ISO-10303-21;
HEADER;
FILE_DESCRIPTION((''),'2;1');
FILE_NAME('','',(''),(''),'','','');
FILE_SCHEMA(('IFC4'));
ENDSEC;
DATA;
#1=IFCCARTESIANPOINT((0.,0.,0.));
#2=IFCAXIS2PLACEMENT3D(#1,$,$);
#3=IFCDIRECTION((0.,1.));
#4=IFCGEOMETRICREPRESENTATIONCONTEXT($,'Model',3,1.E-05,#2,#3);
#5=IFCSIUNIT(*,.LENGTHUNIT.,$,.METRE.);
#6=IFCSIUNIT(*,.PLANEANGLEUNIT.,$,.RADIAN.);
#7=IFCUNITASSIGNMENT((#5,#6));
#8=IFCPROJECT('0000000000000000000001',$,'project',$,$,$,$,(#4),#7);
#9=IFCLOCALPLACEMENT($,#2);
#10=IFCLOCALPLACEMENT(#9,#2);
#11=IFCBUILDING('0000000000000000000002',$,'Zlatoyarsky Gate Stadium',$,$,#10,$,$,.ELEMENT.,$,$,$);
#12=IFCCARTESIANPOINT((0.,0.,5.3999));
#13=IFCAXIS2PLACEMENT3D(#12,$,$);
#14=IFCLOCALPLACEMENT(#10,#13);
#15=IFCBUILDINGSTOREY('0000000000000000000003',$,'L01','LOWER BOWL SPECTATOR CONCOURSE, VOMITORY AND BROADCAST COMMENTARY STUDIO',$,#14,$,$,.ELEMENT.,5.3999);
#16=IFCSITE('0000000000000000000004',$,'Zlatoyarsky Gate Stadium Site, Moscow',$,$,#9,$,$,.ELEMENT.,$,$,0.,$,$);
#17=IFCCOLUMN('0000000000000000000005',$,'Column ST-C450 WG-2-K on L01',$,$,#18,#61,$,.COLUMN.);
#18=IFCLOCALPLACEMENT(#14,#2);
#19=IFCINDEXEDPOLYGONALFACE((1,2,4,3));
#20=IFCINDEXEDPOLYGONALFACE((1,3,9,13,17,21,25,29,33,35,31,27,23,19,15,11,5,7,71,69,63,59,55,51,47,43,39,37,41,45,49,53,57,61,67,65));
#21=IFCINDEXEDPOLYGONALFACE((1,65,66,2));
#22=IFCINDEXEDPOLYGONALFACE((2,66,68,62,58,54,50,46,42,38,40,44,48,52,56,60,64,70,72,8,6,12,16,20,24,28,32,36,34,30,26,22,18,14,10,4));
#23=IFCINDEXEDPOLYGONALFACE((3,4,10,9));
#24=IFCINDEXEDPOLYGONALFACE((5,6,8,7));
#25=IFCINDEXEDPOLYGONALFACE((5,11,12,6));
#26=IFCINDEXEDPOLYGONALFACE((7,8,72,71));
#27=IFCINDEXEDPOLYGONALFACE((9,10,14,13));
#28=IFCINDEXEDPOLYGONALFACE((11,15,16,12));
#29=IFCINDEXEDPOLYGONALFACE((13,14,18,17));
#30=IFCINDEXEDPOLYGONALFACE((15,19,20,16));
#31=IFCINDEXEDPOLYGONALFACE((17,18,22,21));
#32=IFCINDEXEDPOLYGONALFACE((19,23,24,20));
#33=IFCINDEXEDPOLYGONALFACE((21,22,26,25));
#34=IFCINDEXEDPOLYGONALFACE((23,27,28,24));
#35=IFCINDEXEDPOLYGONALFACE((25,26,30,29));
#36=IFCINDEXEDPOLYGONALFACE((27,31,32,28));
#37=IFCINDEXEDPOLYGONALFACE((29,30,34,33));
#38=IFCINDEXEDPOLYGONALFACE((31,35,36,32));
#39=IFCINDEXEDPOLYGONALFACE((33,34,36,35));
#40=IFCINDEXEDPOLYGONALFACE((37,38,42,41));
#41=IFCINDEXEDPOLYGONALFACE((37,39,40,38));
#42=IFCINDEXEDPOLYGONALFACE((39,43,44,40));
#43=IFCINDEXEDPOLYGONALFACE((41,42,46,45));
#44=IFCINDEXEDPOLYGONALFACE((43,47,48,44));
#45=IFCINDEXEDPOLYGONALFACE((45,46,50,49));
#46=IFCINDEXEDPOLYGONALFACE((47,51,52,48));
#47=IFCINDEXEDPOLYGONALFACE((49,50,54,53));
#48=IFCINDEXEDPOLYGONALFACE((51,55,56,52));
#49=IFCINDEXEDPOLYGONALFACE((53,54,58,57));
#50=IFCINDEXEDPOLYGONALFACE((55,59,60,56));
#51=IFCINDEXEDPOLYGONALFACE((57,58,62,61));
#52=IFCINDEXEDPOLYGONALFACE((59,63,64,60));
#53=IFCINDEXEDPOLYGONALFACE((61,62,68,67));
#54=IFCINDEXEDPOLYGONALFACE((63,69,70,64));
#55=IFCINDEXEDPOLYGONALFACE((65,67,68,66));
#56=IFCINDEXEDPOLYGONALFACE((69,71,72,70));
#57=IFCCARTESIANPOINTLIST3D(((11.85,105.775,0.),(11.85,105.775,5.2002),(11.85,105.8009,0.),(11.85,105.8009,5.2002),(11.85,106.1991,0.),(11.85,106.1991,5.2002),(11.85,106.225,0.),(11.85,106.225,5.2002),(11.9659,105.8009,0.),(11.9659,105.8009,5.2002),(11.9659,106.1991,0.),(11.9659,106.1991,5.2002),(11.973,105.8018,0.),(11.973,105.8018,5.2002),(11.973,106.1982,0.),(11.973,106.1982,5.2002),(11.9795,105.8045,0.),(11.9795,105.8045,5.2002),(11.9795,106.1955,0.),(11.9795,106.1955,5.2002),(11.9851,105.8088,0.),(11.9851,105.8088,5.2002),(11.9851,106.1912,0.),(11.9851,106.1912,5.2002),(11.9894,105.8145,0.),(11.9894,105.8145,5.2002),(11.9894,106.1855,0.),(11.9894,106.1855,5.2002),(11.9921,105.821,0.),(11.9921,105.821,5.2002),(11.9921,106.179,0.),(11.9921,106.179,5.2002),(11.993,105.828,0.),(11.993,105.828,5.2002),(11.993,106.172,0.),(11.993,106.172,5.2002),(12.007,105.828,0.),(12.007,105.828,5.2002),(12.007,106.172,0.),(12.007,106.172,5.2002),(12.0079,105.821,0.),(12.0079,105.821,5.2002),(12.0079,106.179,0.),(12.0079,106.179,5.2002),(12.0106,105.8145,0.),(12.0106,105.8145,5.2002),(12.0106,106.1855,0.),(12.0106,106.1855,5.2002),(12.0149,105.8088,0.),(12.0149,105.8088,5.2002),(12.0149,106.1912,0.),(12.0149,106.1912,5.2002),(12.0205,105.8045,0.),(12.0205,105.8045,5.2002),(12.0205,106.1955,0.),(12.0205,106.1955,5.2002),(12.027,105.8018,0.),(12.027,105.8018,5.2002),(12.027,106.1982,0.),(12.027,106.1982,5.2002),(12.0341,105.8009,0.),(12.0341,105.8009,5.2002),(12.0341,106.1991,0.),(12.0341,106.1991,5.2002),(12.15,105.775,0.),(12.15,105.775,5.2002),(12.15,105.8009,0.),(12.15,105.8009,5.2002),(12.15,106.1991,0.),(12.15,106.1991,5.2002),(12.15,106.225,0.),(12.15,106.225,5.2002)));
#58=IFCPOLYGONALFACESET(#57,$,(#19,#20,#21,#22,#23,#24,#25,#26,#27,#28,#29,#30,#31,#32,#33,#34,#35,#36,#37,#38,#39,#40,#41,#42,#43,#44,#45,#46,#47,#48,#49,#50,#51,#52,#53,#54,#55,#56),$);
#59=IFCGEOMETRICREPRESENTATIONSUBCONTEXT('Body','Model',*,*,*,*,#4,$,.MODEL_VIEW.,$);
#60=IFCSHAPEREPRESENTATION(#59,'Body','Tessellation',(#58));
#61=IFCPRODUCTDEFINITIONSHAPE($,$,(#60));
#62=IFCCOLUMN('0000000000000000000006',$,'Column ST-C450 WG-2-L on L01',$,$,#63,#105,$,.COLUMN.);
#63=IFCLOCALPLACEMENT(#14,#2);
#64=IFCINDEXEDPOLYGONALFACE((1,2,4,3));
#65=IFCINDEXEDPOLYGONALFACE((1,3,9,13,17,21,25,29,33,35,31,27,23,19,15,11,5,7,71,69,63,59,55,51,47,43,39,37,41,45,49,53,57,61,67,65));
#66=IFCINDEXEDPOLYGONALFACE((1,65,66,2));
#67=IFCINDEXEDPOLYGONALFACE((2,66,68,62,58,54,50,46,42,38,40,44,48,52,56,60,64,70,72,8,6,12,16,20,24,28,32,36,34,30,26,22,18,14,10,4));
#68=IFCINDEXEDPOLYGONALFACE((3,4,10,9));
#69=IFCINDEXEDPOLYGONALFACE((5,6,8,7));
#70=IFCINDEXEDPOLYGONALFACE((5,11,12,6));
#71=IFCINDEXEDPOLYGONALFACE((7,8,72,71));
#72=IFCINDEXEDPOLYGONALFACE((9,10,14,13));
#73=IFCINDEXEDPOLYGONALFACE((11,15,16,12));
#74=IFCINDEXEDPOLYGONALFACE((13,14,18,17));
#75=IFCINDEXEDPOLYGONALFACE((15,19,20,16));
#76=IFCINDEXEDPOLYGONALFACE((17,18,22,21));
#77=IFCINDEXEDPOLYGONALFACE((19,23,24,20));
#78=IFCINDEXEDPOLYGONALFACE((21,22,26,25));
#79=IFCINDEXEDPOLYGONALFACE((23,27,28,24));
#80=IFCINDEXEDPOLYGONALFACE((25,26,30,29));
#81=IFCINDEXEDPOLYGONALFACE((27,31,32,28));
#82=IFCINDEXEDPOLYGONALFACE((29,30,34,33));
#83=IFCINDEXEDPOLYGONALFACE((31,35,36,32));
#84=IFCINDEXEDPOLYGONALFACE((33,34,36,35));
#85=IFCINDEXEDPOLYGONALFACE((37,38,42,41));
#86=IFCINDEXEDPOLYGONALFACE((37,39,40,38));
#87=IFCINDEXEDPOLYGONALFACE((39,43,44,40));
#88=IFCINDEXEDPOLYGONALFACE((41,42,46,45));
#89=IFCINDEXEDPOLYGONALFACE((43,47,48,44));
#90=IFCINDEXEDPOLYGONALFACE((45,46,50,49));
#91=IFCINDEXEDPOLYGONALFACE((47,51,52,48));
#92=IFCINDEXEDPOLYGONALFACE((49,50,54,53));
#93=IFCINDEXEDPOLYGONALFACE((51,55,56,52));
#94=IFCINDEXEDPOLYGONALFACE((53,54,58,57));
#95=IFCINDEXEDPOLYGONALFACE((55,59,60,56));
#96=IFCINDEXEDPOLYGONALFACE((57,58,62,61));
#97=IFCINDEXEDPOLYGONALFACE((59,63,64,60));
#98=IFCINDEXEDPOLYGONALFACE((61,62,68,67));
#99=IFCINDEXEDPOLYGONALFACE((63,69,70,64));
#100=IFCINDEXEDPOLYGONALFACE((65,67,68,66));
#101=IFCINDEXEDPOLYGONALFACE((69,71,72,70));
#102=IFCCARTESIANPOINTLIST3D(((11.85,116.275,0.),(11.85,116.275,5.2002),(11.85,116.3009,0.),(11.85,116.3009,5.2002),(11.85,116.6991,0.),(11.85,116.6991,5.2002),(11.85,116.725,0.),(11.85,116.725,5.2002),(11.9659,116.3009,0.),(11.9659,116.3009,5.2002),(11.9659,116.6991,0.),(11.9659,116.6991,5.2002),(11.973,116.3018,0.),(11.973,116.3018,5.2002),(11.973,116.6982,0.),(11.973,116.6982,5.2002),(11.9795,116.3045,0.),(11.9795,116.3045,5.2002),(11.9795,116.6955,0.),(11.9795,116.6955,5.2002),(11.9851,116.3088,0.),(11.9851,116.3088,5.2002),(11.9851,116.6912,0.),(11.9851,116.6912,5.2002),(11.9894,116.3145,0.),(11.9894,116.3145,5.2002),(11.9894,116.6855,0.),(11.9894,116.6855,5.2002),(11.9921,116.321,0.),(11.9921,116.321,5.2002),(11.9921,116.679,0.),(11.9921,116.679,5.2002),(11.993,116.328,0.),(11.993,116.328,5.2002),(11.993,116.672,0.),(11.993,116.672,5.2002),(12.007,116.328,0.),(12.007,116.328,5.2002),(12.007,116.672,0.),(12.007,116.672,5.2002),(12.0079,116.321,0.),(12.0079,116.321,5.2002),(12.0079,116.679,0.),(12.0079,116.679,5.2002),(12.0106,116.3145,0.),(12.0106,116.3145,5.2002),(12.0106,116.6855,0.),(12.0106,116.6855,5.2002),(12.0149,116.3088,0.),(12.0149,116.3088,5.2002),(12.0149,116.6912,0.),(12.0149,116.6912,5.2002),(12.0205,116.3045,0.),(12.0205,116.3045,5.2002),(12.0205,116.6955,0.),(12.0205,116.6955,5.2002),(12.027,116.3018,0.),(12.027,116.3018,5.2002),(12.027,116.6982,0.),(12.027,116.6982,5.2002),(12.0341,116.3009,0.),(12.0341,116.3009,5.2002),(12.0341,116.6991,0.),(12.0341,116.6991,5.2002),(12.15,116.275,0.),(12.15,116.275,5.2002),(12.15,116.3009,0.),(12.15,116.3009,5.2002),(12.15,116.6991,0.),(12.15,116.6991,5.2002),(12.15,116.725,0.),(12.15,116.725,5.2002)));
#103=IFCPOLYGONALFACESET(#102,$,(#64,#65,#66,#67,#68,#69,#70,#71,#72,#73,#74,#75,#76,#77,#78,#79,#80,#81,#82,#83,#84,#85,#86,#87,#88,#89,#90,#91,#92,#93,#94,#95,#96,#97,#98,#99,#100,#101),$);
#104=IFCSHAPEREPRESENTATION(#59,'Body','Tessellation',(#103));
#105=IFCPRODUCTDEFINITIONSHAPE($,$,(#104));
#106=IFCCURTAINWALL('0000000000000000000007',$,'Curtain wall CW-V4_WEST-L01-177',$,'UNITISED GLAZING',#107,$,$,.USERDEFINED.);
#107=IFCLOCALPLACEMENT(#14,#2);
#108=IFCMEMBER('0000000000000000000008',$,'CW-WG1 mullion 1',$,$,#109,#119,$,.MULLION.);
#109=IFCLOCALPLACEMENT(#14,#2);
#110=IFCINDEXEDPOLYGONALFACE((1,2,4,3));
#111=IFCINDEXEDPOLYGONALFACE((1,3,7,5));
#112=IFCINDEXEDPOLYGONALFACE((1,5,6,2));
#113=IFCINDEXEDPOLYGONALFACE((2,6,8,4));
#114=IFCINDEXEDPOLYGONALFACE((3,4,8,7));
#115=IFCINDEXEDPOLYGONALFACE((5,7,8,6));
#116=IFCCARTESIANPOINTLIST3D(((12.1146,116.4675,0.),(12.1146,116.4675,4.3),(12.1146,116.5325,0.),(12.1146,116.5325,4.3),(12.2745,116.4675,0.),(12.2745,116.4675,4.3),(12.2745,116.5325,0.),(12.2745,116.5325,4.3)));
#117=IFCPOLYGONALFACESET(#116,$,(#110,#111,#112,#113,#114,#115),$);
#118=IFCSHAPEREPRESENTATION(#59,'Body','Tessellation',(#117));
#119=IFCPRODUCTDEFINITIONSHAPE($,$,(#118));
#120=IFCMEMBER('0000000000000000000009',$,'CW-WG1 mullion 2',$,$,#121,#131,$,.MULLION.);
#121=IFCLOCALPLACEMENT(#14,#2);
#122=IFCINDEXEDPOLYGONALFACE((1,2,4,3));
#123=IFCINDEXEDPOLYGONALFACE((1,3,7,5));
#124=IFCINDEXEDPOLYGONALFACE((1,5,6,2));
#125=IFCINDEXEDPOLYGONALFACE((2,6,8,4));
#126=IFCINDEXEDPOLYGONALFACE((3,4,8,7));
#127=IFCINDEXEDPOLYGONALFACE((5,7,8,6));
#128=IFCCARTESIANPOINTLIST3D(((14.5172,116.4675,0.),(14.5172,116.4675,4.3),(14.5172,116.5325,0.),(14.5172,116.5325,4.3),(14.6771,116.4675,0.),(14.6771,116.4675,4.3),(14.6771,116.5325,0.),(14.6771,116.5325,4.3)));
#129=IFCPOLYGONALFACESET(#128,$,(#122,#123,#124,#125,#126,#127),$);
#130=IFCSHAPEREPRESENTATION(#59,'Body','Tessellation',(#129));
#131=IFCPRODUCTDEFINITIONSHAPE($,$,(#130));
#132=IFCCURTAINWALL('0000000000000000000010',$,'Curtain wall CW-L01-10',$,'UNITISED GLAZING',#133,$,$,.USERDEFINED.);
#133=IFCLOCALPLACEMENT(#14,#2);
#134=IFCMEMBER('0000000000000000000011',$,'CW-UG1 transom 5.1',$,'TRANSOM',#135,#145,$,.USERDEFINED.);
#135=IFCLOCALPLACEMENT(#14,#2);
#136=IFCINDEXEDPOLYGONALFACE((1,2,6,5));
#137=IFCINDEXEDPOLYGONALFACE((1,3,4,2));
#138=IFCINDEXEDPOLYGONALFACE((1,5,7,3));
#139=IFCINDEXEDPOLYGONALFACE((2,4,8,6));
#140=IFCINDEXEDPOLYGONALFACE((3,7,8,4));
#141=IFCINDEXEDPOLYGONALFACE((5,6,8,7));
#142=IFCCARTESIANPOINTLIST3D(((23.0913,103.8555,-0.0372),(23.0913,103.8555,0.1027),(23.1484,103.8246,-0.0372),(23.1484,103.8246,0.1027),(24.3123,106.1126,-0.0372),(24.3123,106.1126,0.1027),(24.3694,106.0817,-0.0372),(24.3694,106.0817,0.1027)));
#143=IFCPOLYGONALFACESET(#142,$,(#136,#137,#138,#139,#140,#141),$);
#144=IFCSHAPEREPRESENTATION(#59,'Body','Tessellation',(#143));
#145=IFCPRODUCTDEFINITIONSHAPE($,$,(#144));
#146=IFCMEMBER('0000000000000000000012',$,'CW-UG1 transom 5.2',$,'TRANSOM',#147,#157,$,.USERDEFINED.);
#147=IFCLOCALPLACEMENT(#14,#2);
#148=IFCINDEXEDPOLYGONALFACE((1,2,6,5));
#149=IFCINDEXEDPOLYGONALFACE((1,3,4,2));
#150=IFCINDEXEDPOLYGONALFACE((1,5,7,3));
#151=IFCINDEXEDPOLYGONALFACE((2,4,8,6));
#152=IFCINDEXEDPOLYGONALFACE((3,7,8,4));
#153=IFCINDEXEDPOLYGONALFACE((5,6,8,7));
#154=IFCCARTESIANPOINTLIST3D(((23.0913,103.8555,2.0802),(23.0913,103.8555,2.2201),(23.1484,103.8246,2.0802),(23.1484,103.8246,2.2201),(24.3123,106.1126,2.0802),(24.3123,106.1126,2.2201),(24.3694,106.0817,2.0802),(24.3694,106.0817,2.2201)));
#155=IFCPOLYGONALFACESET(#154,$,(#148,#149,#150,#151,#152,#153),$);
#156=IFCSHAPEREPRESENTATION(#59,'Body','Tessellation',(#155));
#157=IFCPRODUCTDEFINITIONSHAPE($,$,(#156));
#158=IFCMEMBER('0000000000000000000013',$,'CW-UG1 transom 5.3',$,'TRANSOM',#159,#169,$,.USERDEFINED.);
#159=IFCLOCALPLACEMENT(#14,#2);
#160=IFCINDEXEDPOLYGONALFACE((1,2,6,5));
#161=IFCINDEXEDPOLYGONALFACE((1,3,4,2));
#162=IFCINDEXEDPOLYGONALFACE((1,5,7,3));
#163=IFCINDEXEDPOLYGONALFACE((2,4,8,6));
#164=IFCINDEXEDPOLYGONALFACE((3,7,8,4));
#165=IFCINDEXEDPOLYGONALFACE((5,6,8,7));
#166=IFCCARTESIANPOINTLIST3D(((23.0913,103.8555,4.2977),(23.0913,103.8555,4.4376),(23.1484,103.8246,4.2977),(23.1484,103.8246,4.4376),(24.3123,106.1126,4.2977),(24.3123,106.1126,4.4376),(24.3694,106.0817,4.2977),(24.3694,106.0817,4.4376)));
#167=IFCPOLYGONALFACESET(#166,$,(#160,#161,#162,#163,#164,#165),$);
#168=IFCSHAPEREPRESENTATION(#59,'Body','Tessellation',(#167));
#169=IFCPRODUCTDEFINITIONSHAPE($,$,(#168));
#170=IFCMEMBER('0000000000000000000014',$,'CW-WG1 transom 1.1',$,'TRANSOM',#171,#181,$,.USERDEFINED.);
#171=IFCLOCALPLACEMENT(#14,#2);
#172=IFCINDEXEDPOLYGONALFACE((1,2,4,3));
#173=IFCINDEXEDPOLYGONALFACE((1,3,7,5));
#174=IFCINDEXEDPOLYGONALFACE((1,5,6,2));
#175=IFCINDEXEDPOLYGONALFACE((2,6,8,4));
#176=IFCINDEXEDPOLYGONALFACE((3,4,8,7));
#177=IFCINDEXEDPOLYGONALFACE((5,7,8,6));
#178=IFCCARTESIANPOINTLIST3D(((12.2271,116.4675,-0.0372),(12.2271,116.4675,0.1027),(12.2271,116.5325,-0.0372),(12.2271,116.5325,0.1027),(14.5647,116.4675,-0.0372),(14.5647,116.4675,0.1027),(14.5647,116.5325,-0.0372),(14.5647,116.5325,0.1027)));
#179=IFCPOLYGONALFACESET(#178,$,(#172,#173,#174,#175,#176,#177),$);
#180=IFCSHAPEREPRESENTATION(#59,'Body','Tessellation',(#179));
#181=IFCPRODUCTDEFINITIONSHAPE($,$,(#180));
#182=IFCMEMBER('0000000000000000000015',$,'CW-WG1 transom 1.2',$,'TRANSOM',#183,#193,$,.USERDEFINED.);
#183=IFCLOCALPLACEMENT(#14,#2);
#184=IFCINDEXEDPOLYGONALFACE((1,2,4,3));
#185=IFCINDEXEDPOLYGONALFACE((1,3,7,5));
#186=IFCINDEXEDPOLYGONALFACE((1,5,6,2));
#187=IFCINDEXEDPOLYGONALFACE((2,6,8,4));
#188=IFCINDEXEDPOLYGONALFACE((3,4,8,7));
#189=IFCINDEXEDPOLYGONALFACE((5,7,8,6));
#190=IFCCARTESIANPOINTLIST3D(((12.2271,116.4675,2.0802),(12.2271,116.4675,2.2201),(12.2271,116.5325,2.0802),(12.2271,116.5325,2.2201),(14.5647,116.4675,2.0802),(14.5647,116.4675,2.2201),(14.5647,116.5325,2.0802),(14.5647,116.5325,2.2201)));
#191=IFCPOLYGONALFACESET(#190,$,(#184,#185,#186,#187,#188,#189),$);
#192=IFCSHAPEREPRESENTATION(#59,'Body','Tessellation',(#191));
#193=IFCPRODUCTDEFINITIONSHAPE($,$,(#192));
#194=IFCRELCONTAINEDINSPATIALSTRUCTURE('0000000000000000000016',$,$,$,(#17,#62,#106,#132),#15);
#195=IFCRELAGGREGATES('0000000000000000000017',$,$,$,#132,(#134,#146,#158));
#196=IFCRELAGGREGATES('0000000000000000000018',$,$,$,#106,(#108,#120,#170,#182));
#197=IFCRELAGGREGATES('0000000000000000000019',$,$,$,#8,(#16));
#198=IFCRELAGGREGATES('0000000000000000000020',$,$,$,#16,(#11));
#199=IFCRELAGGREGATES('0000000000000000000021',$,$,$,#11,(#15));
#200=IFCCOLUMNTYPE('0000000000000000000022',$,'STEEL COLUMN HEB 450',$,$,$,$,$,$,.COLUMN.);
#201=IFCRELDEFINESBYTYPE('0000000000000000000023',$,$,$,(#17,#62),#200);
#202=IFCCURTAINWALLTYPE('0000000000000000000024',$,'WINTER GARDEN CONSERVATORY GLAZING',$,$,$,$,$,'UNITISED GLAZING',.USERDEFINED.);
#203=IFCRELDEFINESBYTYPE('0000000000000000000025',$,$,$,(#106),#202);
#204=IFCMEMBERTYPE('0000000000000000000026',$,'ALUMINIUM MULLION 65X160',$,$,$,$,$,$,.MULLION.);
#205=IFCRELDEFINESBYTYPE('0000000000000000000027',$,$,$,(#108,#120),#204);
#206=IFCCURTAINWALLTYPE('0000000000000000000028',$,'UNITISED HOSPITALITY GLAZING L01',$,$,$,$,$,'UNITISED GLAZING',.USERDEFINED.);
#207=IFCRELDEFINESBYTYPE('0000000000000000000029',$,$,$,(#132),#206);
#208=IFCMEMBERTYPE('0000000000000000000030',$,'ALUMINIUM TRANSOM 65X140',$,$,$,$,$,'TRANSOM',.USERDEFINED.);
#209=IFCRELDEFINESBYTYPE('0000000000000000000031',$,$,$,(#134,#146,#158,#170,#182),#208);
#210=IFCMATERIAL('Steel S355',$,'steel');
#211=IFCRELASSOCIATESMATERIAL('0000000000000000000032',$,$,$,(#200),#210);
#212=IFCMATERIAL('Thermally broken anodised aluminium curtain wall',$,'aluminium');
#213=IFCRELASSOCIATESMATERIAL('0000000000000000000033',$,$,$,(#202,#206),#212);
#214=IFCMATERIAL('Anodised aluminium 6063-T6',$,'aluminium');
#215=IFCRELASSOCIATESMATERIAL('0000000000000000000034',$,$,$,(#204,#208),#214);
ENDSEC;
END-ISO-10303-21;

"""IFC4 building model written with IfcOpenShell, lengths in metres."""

from ifc_helpers import new_model, si_unit, direction, frame, origin, origin_2d, place, context, subcontext, project, spatial, rectangle, i_section, extrude, material, material_profile, profile_set, type_object, element, aggregate, save


model = new_model("IFC4")

# Units and contexts
model_context = context("Model", 3, precision=1e-05, world=origin(), true_north=direction((0.0, 1.0)))
body_context = subcontext(model_context, "Body", "Model", "MODEL_VIEW")
ifc_project = project(units=[si_unit("LENGTHUNIT", "METRE"), si_unit("PLANEANGLEUNIT", "RADIAN")], contexts=[model_context])

# Site, building, storey
site_placement = place(None, origin())
site = spatial("IfcSite", under=ifc_project, at=site_placement, Name="Zlatoyarsky Gate Stadium Site, Moscow", CompositionType="ELEMENT", RefElevation=0.0)
building_placement = place(site_placement, origin())
building = spatial("IfcBuilding", under=site, at=building_placement, Name="Zlatoyarsky Gate Stadium", CompositionType="ELEMENT")
storey_placement = place(building_placement, frame((0.0, 0.0, 5.3999)))
storey = spatial("IfcBuildingStorey", under=building, at=storey_placement, Name="L01", Description="LOWER BOWL SPECTATOR CONCOURSE, VOMITORY AND BROADCAST COMMENTARY STUDIO", CompositionType="ELEMENT", Elevation=5.3999)

# Columns
ifc_material_1 = material(Name="Steel S355", Category="steel")
ifc_material_profile_1 = material_profile(ifc_material_1, i_section(OverallWidth=0.3, OverallDepth=0.45, WebThickness=0.0139, FlangeThickness=0.0259, FilletRadius=0.0271, at=origin_2d()), Name="HEB 450")
ifc_profile_set_1 = profile_set([ifc_material_profile_1], Name="Steel S355")
column_type = type_object("IfcColumnType", Name="STEEL COLUMN HEB 450", PredefinedType="COLUMN", material=ifc_profile_set_1)
for number, where, z_axis, x_axis, name in (
    (1, (12.0, 106.0, 0.0), (0.0, 0.0, 1.0), (1.0, 0.0, 0.0), "Column ST-C450 WG-2-K on L01"),
    (2, (12.0, 116.5, 0.0), (0.0, 0.0, 1.0), (1.0, 0.0, 0.0), "Column ST-C450 WG-2-L on L01"),
):
    element("IfcColumn", number, at=place(storey_placement, frame(where, z_axis=z_axis, x_axis=x_axis)), inside=storey, type_object=column_type, Name=name, PredefinedType="COLUMN", context=body_context, shape_type="SweptSolid", body=[
        extrude(i_section(OverallWidth=0.3, OverallDepth=0.45, WebThickness=0.0139, FlangeThickness=0.0259, FilletRadius=0.0271, at=origin_2d()), origin(), (0.0, 0.0, 1.0), 5.2002),
    ])

# Curtain walls, members
ifc_material_2 = material(Name="Thermally broken anodised aluminium curtain wall", Category="aluminium")
curtain_wall_type_1 = type_object("IfcCurtainWallType", Name="WINTER GARDEN CONSERVATORY GLAZING", ElementType="UNITISED GLAZING", PredefinedType="USERDEFINED", material=ifc_material_2)
curtain_wall_1_placement = place(storey_placement, origin())
curtain_wall_1 = element("IfcCurtainWall", 3, at=curtain_wall_1_placement, inside=storey, type_object=curtain_wall_type_1, Name="Curtain wall CW-V4_WEST-L01-177", ObjectType="UNITISED GLAZING", PredefinedType="USERDEFINED")
ifc_material_3 = material(Name="Anodised aluminium 6063-T6", Category="aluminium")
ifc_material_profile_2 = material_profile(ifc_material_3, rectangle(XDim=0.0649, YDim=0.1599, at=origin_2d()), Name="ALU 65X160")
ifc_profile_set_2 = profile_set([ifc_material_profile_2], Name="Anodised aluminium 6063-T6")
member_type_1 = type_object("IfcMemberType", Name="ALUMINIUM MULLION 65X160", PredefinedType="MULLION", material=ifc_profile_set_2)
member_1_placement = place(storey_placement, frame((12.1946, 116.5, 0.0), z_axis=(0.0, 0.0, 1.0), x_axis=(0.0, 1.0, 0.0)))
member_1 = element("IfcMember", 4, at=member_1_placement, type_object=member_type_1, Name="CW-WG1 mullion 1", PredefinedType="MULLION", context=body_context, shape_type="SweptSolid", body=[
    extrude(rectangle(XDim=0.0649, YDim=0.1599, at=origin_2d()), origin(), (0.0, 0.0, 1.0), 4.3),
])
member_2_placement = place(storey_placement, frame((14.5972, 116.5, 0.0), z_axis=(0.0, 0.0, 1.0), x_axis=(0.0, 1.0, 0.0)))
member_2 = element("IfcMember", 5, at=member_2_placement, type_object=member_type_1, Name="CW-WG1 mullion 2", PredefinedType="MULLION", context=body_context, shape_type="SweptSolid", body=[
    extrude(rectangle(XDim=0.0649, YDim=0.1599, at=origin_2d()), origin(), (0.0, 0.0, 1.0), 4.3),
])
curtain_wall_type_2 = type_object("IfcCurtainWallType", Name="UNITISED HOSPITALITY GLAZING L01", ElementType="UNITISED GLAZING", PredefinedType="USERDEFINED", material=ifc_material_2)
curtain_wall_2_placement = place(storey_placement, origin())
curtain_wall_2 = element("IfcCurtainWall", 6, at=curtain_wall_2_placement, inside=storey, type_object=curtain_wall_type_2, Name="Curtain wall CW-L01-10", ObjectType="UNITISED GLAZING", PredefinedType="USERDEFINED")
ifc_material_profile_3 = material_profile(ifc_material_3, rectangle(XDim=0.0649, YDim=0.1399, at=origin_2d()), Name="ALU 65X140")
ifc_profile_set_3 = profile_set([ifc_material_profile_3], Name="Anodised aluminium 6063-T6")
member_type_2 = type_object("IfcMemberType", Name="ALUMINIUM TRANSOM 65X140", ElementType="TRANSOM", PredefinedType="USERDEFINED", material=ifc_profile_set_3)
member_3_placement = place(storey_placement, frame((24.3408, 106.0972, 0.0327), z_axis=(-0.47579, -0.879559, 0.0), x_axis=(0.879559, -0.47579, 0.0)))
member_3 = element("IfcMember", 7, at=member_3_placement, type_object=member_type_2, Name="CW-UG1 transom 5.1", ObjectType="TRANSOM", PredefinedType="USERDEFINED", context=body_context, shape_type="SweptSolid", body=[
    extrude(rectangle(XDim=0.0649, YDim=0.1399, at=origin_2d()), origin(), (0.0, 0.0, 1.0), 2.5662),
])
member_4_placement = place(storey_placement, frame((24.3408, 106.0972, 2.1501), z_axis=(-0.47579, -0.879559, 0.0), x_axis=(0.879559, -0.47579, 0.0)))
member_4 = element("IfcMember", 8, at=member_4_placement, type_object=member_type_2, Name="CW-UG1 transom 5.2", ObjectType="TRANSOM", PredefinedType="USERDEFINED", context=body_context, shape_type="SweptSolid", body=[
    extrude(rectangle(XDim=0.0649, YDim=0.1399, at=origin_2d()), origin(), (0.0, 0.0, 1.0), 2.5662),
])
member_5_placement = place(storey_placement, frame((24.3408, 106.0972, 4.3677), z_axis=(-0.47579, -0.879559, 0.0), x_axis=(0.879559, -0.47579, 0.0)))
member_5 = element("IfcMember", 9, at=member_5_placement, type_object=member_type_2, Name="CW-UG1 transom 5.3", ObjectType="TRANSOM", PredefinedType="USERDEFINED", context=body_context, shape_type="SweptSolid", body=[
    extrude(rectangle(XDim=0.0649, YDim=0.1399, at=origin_2d()), origin(), (0.0, 0.0, 1.0), 2.5662),
])
aggregate(curtain_wall_2, [member_3, member_4, member_5])

# Members
member_6_placement = place(storey_placement, frame((12.2271, 116.5, 0.0327), z_axis=(1.0, 0.0, 0.0), x_axis=(0.0, 1.0, 0.0)))
member_6 = element("IfcMember", 10, at=member_6_placement, type_object=member_type_2, Name="CW-WG1 transom 1.1", ObjectType="TRANSOM", PredefinedType="USERDEFINED", context=body_context, shape_type="SweptSolid", body=[
    extrude(rectangle(XDim=0.0649, YDim=0.1399, at=origin_2d()), origin(), (0.0, 0.0, 1.0), 2.3376),
])
member_7_placement = place(storey_placement, frame((12.2271, 116.5, 2.1501), z_axis=(1.0, 0.0, 0.0), x_axis=(0.0, 1.0, 0.0)))
member_7 = element("IfcMember", 11, at=member_7_placement, type_object=member_type_2, Name="CW-WG1 transom 1.2", ObjectType="TRANSOM", PredefinedType="USERDEFINED", context=body_context, shape_type="SweptSolid", body=[
    extrude(rectangle(XDim=0.0649, YDim=0.1399, at=origin_2d()), origin(), (0.0, 0.0, 1.0), 2.3376),
])

aggregate(curtain_wall_1, [member_1, member_2, member_6, member_7])

save(model, "model.ifc")
